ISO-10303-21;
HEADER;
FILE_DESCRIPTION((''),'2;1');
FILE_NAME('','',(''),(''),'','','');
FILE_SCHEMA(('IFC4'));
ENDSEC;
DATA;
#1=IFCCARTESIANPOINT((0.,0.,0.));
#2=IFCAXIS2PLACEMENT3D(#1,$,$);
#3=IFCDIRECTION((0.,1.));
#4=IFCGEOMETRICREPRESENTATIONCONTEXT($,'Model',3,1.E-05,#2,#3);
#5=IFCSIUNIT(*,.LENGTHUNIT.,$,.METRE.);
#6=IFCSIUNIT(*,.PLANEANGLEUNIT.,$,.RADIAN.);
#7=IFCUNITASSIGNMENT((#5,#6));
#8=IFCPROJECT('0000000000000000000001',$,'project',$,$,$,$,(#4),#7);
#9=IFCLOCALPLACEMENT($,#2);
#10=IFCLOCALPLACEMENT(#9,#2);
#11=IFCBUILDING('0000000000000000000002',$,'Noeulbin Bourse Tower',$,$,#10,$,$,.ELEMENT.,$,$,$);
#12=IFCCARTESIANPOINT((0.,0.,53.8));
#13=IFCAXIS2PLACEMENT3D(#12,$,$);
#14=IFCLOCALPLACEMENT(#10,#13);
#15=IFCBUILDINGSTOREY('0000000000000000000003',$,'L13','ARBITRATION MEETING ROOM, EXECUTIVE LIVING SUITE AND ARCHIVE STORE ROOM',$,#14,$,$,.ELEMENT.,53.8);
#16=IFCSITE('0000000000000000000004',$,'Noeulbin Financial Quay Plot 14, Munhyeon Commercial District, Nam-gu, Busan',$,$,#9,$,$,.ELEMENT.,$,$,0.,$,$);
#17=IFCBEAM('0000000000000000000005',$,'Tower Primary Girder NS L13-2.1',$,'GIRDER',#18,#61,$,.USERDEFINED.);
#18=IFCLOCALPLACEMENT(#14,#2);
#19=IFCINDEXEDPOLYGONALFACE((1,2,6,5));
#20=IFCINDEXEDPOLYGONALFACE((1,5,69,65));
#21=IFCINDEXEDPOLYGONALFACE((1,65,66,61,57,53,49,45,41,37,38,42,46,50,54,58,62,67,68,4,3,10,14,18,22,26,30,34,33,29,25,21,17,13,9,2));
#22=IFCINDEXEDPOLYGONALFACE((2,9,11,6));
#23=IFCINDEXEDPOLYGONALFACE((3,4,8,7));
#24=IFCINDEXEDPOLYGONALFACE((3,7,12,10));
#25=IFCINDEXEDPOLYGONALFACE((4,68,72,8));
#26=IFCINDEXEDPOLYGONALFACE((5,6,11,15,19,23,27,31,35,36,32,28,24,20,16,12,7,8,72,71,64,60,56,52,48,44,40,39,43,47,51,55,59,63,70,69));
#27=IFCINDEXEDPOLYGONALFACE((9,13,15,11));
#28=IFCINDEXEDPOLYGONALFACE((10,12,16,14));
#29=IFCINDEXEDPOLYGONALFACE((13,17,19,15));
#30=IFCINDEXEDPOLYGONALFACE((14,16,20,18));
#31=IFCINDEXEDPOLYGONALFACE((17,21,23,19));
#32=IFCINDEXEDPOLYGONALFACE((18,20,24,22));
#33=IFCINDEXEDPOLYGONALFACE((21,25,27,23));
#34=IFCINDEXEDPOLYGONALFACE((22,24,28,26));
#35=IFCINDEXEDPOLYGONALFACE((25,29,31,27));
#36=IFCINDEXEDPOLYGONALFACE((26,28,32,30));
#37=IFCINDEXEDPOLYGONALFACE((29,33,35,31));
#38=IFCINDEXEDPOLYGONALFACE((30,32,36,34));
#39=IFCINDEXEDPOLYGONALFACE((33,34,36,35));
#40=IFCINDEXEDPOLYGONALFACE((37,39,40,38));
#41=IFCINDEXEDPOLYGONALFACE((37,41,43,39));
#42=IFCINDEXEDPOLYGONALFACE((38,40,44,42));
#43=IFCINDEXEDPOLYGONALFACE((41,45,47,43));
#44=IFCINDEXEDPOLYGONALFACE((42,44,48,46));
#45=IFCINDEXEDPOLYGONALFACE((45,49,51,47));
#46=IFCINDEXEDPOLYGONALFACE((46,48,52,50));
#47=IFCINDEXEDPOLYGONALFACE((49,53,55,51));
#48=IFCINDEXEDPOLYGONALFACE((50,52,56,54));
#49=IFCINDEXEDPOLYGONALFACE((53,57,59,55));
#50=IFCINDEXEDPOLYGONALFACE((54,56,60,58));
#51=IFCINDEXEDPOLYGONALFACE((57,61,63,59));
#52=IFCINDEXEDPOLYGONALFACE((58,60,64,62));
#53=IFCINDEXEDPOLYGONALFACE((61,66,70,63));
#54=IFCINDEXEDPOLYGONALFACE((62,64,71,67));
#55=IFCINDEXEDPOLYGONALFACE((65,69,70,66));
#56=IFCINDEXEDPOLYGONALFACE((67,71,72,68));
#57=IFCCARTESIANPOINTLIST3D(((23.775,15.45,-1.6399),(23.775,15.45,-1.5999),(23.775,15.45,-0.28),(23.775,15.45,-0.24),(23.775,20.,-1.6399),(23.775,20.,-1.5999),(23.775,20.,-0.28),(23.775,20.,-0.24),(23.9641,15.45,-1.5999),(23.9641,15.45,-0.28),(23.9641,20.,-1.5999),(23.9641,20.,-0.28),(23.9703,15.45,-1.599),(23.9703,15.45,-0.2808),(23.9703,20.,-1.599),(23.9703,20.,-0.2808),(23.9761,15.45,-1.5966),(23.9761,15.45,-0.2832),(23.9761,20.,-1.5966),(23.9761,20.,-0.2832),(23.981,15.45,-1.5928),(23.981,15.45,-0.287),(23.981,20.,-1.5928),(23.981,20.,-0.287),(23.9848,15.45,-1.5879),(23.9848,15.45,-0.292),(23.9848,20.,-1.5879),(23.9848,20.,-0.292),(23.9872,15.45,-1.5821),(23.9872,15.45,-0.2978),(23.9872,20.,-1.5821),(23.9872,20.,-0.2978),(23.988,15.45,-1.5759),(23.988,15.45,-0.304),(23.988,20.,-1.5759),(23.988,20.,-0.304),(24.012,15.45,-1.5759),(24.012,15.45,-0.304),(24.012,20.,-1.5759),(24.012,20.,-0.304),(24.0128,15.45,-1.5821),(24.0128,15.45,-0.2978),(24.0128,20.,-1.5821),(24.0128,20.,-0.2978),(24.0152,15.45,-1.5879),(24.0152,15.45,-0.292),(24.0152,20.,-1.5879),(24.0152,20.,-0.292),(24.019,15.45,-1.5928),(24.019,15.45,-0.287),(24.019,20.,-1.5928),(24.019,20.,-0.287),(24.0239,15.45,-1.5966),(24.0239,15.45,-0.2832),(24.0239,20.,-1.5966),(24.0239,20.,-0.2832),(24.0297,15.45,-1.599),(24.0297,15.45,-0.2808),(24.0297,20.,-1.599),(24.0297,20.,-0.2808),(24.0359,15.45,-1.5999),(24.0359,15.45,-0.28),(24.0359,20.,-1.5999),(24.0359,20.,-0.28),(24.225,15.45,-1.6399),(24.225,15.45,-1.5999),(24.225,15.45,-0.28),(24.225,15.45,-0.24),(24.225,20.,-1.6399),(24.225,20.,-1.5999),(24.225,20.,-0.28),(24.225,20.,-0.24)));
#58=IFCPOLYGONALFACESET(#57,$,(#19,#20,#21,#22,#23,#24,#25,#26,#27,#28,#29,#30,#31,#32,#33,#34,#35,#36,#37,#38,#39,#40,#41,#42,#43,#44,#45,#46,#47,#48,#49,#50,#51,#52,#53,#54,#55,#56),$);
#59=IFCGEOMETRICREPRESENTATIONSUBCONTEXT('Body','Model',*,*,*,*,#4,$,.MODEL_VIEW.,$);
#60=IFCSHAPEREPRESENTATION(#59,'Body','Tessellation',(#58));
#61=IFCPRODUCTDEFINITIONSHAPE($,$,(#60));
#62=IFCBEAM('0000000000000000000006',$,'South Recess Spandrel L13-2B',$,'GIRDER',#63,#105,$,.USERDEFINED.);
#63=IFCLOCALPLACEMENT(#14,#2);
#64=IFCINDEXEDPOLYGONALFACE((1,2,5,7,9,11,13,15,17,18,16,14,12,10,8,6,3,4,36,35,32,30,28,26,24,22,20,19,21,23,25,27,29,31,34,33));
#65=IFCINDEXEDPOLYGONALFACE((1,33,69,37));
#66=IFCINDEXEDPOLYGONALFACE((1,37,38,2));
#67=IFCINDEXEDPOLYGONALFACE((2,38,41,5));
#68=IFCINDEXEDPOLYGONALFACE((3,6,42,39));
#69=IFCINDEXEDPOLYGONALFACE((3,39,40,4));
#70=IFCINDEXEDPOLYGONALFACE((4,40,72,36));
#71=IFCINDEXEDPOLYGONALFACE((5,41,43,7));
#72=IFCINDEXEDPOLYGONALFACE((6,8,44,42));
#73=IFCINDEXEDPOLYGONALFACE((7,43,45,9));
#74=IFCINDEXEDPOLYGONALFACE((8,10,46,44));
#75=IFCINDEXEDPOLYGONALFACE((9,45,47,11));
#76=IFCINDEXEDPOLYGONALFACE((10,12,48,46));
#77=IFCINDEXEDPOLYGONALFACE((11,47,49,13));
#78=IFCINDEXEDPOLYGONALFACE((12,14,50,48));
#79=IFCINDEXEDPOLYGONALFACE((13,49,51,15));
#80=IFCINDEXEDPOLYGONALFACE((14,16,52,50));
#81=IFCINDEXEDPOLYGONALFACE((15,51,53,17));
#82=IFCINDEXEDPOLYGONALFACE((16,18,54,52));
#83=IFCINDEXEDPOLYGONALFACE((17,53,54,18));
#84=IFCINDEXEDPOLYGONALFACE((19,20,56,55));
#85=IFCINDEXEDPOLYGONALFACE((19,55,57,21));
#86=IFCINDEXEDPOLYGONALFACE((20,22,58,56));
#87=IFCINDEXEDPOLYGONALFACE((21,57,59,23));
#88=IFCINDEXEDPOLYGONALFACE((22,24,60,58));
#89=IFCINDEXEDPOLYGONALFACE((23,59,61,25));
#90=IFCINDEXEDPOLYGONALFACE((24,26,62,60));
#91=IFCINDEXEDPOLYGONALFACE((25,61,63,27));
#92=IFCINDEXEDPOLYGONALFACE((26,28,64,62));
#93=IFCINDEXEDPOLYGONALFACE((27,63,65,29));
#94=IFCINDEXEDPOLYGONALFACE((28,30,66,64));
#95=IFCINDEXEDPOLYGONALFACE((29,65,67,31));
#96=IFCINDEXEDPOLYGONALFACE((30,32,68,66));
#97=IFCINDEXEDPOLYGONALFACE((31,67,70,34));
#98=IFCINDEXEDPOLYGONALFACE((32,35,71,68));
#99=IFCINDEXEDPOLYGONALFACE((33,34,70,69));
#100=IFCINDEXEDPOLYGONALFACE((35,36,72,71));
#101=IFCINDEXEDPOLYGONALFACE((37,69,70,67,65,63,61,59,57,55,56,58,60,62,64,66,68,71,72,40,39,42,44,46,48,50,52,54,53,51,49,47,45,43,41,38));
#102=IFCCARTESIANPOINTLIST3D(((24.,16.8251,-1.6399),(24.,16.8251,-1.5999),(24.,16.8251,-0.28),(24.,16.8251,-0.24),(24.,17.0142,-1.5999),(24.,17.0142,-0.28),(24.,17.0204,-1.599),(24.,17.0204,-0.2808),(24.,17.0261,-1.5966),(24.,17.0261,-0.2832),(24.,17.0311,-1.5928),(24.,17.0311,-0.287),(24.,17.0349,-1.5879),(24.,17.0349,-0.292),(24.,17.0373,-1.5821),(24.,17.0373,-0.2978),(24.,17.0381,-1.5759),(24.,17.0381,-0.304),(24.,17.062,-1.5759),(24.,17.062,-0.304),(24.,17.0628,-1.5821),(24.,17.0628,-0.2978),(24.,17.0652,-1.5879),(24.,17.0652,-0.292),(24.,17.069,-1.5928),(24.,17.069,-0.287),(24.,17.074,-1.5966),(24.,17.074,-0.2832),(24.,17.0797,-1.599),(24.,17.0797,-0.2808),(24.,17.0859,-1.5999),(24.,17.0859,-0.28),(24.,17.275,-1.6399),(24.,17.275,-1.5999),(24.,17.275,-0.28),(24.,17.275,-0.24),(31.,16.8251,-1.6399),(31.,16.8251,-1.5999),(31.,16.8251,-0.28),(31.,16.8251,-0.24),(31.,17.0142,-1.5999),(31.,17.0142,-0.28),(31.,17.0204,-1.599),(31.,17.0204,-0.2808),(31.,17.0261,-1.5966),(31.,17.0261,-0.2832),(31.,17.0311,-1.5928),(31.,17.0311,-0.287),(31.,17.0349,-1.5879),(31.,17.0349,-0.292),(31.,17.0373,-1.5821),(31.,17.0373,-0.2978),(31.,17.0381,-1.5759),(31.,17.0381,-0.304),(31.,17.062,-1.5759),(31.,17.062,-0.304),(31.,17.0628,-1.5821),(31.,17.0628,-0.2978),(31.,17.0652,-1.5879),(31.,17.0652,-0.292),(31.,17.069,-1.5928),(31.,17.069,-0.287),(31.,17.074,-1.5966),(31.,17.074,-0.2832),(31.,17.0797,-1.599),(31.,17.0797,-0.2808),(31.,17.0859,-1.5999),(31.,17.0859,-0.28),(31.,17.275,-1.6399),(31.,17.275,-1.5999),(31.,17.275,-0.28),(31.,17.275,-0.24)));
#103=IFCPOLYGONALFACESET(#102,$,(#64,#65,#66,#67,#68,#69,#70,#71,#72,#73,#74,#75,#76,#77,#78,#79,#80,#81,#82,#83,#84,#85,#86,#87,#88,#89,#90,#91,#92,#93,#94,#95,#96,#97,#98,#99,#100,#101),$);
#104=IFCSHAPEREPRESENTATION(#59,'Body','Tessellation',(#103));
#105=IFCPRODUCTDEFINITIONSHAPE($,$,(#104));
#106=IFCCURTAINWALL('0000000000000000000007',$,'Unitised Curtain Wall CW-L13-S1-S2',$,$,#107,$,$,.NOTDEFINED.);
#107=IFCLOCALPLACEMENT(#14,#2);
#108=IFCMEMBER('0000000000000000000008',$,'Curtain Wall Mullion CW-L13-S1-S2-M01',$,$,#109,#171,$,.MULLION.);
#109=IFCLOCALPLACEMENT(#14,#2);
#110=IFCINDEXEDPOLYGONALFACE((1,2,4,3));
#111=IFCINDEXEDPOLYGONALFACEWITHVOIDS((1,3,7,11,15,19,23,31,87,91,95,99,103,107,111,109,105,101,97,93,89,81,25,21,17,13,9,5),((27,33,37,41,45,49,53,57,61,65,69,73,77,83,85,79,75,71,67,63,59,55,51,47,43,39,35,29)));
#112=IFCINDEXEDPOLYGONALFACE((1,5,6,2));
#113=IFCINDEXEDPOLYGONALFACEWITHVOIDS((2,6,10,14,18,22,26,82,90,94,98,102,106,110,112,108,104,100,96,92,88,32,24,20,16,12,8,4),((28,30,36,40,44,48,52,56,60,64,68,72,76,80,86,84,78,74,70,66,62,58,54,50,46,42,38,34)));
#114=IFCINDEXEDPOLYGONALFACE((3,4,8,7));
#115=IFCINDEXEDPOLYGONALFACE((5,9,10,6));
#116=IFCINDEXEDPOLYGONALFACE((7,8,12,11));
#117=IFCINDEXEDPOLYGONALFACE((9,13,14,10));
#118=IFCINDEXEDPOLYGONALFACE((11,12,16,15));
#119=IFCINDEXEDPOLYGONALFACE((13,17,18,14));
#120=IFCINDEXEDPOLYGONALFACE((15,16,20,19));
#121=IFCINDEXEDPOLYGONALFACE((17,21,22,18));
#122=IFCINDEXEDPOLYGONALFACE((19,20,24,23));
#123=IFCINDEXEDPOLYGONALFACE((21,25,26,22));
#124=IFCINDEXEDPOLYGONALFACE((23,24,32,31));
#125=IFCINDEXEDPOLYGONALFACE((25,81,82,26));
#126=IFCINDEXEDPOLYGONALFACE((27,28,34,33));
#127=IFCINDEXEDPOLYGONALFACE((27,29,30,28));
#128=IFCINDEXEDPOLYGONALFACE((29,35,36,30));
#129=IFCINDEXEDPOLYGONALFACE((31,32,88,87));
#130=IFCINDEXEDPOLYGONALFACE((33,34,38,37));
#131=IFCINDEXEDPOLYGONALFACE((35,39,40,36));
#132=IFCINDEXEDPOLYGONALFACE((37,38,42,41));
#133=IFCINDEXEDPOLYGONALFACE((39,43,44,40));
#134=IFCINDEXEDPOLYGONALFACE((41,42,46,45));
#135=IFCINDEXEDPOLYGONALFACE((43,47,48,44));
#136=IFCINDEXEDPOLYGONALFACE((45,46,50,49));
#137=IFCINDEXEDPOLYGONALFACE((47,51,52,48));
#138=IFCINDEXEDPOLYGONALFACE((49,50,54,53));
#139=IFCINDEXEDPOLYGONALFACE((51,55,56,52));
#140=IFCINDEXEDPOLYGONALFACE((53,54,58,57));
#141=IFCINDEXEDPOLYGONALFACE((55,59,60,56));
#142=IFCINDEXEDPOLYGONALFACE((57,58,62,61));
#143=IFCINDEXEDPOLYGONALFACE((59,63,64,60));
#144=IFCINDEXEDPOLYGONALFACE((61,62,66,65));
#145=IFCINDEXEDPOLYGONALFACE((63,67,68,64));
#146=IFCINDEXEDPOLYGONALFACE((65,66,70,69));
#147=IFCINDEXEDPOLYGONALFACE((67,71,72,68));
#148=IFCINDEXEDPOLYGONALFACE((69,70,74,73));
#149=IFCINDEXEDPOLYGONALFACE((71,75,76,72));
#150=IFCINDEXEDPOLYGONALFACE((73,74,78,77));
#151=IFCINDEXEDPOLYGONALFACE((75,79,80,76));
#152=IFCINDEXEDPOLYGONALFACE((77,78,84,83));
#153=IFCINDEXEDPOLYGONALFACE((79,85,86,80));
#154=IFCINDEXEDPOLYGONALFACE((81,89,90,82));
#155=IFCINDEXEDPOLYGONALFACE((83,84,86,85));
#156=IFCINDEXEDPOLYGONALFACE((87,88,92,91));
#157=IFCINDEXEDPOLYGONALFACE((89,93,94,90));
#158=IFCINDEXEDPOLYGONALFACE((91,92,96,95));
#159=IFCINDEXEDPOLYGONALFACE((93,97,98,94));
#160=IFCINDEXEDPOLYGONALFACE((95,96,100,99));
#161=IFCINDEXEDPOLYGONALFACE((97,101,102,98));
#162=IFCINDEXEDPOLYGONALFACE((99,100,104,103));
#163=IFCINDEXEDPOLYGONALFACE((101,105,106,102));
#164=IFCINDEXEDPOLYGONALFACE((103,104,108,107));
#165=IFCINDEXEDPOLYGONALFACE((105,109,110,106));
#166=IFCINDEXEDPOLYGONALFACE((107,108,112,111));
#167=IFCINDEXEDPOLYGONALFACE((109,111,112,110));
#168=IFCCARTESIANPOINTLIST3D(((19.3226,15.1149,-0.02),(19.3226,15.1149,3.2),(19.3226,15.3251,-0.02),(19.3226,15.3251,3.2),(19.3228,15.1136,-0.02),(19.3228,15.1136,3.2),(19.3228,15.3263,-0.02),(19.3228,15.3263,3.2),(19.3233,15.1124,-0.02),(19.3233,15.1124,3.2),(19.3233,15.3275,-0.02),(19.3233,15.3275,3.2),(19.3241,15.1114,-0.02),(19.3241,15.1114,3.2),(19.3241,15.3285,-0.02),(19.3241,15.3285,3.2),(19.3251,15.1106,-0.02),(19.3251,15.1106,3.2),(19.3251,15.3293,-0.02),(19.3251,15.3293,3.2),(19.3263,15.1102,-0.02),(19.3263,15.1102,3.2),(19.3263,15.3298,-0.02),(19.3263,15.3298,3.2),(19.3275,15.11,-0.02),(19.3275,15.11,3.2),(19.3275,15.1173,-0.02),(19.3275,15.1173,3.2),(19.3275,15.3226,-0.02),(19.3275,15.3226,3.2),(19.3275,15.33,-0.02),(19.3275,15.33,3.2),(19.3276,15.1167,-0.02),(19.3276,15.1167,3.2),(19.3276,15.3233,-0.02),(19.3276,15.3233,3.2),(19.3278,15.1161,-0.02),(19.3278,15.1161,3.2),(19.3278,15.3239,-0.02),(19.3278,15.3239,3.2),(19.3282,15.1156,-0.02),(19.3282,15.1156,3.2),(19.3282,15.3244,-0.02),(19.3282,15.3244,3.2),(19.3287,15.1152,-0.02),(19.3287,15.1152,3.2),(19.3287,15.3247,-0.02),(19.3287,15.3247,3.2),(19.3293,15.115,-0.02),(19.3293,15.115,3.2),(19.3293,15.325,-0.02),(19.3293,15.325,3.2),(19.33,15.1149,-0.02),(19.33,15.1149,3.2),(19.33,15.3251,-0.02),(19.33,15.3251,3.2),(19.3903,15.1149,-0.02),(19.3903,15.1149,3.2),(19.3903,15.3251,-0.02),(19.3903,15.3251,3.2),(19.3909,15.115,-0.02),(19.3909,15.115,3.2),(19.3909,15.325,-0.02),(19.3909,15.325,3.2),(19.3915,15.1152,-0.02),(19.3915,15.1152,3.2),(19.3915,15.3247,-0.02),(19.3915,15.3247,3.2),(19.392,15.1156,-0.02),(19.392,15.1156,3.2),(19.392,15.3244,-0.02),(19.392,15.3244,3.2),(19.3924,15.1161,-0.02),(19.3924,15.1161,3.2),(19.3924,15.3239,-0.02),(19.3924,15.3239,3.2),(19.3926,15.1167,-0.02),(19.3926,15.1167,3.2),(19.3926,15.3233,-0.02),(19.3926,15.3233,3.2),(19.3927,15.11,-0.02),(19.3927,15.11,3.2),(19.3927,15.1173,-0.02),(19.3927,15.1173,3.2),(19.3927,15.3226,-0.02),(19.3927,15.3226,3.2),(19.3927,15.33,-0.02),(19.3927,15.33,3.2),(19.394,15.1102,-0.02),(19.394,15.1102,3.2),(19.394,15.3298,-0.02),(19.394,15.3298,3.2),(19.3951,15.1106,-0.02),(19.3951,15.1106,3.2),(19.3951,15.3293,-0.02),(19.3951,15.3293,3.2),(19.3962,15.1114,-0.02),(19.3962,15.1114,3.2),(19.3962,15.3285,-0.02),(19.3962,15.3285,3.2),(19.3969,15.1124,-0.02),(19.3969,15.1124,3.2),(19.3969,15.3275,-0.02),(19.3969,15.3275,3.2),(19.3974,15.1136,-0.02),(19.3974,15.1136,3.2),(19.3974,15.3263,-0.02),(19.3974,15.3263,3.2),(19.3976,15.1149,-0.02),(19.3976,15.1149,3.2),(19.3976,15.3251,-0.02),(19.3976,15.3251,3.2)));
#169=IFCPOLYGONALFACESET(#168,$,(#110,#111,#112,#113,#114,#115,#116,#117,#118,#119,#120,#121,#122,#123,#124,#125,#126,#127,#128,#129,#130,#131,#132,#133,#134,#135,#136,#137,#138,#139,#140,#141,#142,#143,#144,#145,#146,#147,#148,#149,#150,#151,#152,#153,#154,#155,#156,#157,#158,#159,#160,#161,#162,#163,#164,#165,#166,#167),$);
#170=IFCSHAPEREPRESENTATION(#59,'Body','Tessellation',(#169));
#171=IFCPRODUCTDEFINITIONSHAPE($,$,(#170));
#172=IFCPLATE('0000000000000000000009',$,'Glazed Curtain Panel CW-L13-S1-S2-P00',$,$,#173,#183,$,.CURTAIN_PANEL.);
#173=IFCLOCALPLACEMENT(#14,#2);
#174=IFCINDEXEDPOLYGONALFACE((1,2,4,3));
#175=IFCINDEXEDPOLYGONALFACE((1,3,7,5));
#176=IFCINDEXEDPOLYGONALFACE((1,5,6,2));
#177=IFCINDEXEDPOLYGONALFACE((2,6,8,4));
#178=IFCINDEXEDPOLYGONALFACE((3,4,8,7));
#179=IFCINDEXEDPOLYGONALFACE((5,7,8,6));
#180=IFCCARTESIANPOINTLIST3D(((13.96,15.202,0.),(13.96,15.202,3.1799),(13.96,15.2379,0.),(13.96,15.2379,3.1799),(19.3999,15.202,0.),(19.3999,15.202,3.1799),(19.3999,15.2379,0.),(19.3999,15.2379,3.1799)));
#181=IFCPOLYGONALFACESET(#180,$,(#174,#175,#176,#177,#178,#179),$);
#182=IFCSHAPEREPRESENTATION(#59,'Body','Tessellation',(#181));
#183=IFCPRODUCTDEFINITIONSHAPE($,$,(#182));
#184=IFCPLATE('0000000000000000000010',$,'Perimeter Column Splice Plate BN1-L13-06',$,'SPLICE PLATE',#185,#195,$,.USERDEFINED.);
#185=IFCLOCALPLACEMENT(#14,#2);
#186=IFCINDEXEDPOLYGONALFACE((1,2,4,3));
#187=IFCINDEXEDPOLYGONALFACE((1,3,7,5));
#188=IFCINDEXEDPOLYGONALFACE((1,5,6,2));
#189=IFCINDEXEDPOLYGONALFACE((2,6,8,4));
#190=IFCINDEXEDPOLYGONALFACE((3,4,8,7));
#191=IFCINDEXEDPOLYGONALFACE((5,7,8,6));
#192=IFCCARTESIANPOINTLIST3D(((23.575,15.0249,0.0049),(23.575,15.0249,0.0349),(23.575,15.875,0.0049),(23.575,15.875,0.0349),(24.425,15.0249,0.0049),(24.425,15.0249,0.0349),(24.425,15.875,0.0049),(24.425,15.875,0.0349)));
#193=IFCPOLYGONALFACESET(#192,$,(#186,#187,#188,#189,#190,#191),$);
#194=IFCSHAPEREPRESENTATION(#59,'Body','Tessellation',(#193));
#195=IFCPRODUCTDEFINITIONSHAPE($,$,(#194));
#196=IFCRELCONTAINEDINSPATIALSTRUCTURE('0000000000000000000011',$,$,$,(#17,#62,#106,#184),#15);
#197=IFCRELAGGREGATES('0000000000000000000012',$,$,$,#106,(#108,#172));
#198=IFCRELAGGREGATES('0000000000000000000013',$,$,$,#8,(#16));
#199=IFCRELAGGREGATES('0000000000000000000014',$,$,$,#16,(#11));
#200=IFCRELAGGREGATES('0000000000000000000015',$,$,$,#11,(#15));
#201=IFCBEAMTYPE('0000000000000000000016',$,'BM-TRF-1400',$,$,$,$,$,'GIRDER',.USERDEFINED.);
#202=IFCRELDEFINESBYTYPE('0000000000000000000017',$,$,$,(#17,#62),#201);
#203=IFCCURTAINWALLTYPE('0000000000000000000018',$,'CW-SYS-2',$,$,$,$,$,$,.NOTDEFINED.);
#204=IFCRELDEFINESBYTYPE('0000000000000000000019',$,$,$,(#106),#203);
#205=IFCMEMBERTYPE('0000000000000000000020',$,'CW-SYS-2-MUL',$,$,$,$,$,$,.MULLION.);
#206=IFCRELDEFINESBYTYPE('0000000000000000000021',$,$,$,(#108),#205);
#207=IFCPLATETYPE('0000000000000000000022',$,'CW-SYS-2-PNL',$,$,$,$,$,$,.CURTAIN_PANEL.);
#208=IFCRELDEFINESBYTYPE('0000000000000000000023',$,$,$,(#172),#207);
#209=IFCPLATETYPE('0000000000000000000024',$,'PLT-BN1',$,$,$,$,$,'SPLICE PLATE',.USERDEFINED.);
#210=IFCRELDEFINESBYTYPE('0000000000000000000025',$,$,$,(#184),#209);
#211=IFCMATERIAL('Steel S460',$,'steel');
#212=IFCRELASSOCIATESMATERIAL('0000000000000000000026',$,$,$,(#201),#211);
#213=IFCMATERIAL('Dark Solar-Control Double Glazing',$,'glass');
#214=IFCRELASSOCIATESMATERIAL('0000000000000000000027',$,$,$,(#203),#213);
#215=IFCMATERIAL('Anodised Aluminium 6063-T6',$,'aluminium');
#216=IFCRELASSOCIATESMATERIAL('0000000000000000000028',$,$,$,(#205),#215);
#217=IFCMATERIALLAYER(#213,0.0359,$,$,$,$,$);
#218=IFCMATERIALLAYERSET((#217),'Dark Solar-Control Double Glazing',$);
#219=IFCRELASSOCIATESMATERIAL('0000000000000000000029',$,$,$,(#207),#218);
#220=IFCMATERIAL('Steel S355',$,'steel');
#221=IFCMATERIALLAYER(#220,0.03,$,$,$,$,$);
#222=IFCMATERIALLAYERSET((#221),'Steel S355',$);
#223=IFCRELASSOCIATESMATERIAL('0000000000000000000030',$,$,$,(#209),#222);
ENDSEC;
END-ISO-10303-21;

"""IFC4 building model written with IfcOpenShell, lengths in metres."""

from ifc_helpers import new_model, si_unit, direction, frame, origin, origin_2d, place, context, subcontext, project, spatial, rectangle, hollow_rectangle, i_section, extrude, material, layer, layer_set, material_profile, profile_set, type_object, element, aggregate, save


model = new_model("IFC4")

# Units and contexts
model_context = context("Model", 3, precision=1e-05, world=origin(), true_north=direction((0.0, 1.0)))
body_context = subcontext(model_context, "Body", "Model", "MODEL_VIEW")
ifc_project = project(units=[si_unit("LENGTHUNIT", "METRE"), si_unit("PLANEANGLEUNIT", "RADIAN")], contexts=[model_context])

# Site, building, storey
site_placement = place(None, origin())
site = spatial("IfcSite", under=ifc_project, at=site_placement, Name="Noeulbin Financial Quay Plot 14, Munhyeon Commercial District, Nam-gu, Busan", CompositionType="ELEMENT", RefElevation=0.0)
building_placement = place(site_placement, origin())
building = spatial("IfcBuilding", under=site, at=building_placement, Name="Noeulbin Bourse Tower", CompositionType="ELEMENT")
storey_placement = place(building_placement, frame((0.0, 0.0, 53.8)))
storey = spatial("IfcBuildingStorey", under=building, at=storey_placement, Name="L13", Description="ARBITRATION MEETING ROOM, EXECUTIVE LIVING SUITE AND ARCHIVE STORE ROOM", CompositionType="ELEMENT", Elevation=53.8)

# Shared definitions
ifc_material_1 = material(Name="Steel S460", Category="steel")

# Beams
ifc_material_2 = material(Name="Steel S355", Category="steel")
ifc_material_profile_1 = material_profile(ifc_material_1, i_section(OverallWidth=0.45, OverallDepth=1.3999, WebThickness=0.0239, FlangeThickness=0.04, FilletRadius=0.0239, at=origin_2d()), Name="PG-1400x450x24x40", Category="LoadBearing")
ifc_profile_set_1 = profile_set([ifc_material_profile_1], Name="Steel S460")
beam_type_1 = type_object("IfcBeamType", Name="BM-TRF-1400", ElementType="GIRDER", PredefinedType="USERDEFINED", material=ifc_profile_set_1)
beam_1_placement = place(storey_placement, frame((24.0, 15.45, -0.9399), z_axis=(0.0, 1.0, 0.0), x_axis=(-1.0, 0.0, 0.0)))
element("IfcBeam", 1, at=beam_1_placement, inside=storey, type_object=beam_type_1, Name="Tower Primary Girder NS L13-2.1", ObjectType="GIRDER", PredefinedType="USERDEFINED", context=body_context, shape_type="SweptSolid", body=[
    extrude(i_section(OverallWidth=0.45, OverallDepth=1.3999, WebThickness=0.0239, FlangeThickness=0.04, FilletRadius=0.0239, at=origin_2d()), origin(), (0.0, 0.0, 1.0), 4.55),
])
beam_2_placement = place(storey_placement, frame((24.0, 17.05, -0.9399), z_axis=(1.0, 0.0, 0.0), x_axis=(0.0, 1.0, 0.0)))
element("IfcBeam", 2, at=beam_2_placement, inside=storey, type_object=beam_type_1, Name="South Recess Spandrel L13-2B", ObjectType="GIRDER", PredefinedType="USERDEFINED", context=body_context, shape_type="SweptSolid", body=[
    extrude(i_section(OverallWidth=0.45, OverallDepth=1.3999, WebThickness=0.0239, FlangeThickness=0.04, FilletRadius=0.0239, at=origin_2d()), origin(), (0.0, 0.0, 1.0), 7.0),
])

# Curtain wall, member, plate
ifc_material_3 = material(Name="Dark Solar-Control Double Glazing", Category="glass")
curtain_wall_type = type_object("IfcCurtainWallType", Name="CW-SYS-2", PredefinedType="NOTDEFINED", material=ifc_material_3)
curtain_wall_placement = place(storey_placement, origin())
curtain_wall = element("IfcCurtainWall", 3, at=curtain_wall_placement, inside=storey, type_object=curtain_wall_type, Name="Unitised Curtain Wall CW-L13-S1-S2", PredefinedType="NOTDEFINED")
ifc_material_4 = material(Name="Anodised Aluminium 6063-T6", Category="aluminium")
ifc_material_profile_2 = material_profile(ifc_material_4, hollow_rectangle(XDim=0.075, YDim=0.22, WallThickness=0.0049, InnerFilletRadius=0.0024, OuterFilletRadius=0.0049, at=origin_2d()), Name="ALU-MULL-75x220x5", Category="LoadBearing")
ifc_profile_set_2 = profile_set([ifc_material_profile_2], Name="Anodised Aluminium 6063-T6")
member_type = type_object("IfcMemberType", Name="CW-SYS-2-MUL", PredefinedType="MULLION", material=ifc_profile_set_2)
member_placement = place(storey_placement, frame((19.3601, 15.22, -0.02), z_axis=(0.0, 0.0, 1.0), x_axis=(1.0, 0.0, 0.0)))
member = element("IfcMember", 4, at=member_placement, type_object=member_type, Name="Curtain Wall Mullion CW-L13-S1-S2-M01", PredefinedType="MULLION", context=body_context, shape_type="SweptSolid", body=[
    extrude(hollow_rectangle(XDim=0.075, YDim=0.22, WallThickness=0.0049, InnerFilletRadius=0.0024, OuterFilletRadius=0.0049, at=origin_2d()), origin(), (0.0, 0.0, 1.0), 3.22),
])
ifc_layer_1 = layer(ifc_material_3, 0.0359)
ifc_layer_set_1 = layer_set([ifc_layer_1], Name="Dark Solar-Control Double Glazing")
plate_type_1 = type_object("IfcPlateType", Name="CW-SYS-2-PNL", PredefinedType="CURTAIN_PANEL", material=ifc_layer_set_1)
plate_1_placement = place(storey_placement, frame((16.6799, 15.22, 0.0), z_axis=(0.0, 0.0, 1.0), x_axis=(1.0, 0.0, 0.0)))
plate_1 = element("IfcPlate", 5, at=plate_1_placement, type_object=plate_type_1, Name="Glazed Curtain Panel CW-L13-S1-S2-P00", PredefinedType="CURTAIN_PANEL", context=body_context, shape_type="SweptSolid", body=[
    extrude(rectangle(XDim=5.4399, YDim=0.0359, at=origin_2d()), origin(), (0.0, 0.0, 1.0), 3.1799),
])
aggregate(curtain_wall, [member, plate_1])

# Plate
ifc_layer_2 = layer(ifc_material_2, 0.03)
ifc_layer_set_2 = layer_set([ifc_layer_2], Name="Steel S355")
plate_type_2 = type_object("IfcPlateType", Name="PLT-BN1", ElementType="SPLICE PLATE", PredefinedType="USERDEFINED", material=ifc_layer_set_2)
plate_2_placement = place(storey_placement, frame((24.0, 15.45, 0.0049), z_axis=(0.0, 0.0, 1.0), x_axis=(1.0, 0.0, 0.0)))
element("IfcPlate", 6, at=plate_2_placement, inside=storey, type_object=plate_type_2, Name="Perimeter Column Splice Plate BN1-L13-06", ObjectType="SPLICE PLATE", PredefinedType="USERDEFINED", context=body_context, shape_type="SweptSolid", body=[
    extrude(rectangle(XDim=0.8501, YDim=0.8501, at=origin_2d()), origin(), (0.0, 0.0, 1.0), 0.03),
])

save(model, "model.ifc")
